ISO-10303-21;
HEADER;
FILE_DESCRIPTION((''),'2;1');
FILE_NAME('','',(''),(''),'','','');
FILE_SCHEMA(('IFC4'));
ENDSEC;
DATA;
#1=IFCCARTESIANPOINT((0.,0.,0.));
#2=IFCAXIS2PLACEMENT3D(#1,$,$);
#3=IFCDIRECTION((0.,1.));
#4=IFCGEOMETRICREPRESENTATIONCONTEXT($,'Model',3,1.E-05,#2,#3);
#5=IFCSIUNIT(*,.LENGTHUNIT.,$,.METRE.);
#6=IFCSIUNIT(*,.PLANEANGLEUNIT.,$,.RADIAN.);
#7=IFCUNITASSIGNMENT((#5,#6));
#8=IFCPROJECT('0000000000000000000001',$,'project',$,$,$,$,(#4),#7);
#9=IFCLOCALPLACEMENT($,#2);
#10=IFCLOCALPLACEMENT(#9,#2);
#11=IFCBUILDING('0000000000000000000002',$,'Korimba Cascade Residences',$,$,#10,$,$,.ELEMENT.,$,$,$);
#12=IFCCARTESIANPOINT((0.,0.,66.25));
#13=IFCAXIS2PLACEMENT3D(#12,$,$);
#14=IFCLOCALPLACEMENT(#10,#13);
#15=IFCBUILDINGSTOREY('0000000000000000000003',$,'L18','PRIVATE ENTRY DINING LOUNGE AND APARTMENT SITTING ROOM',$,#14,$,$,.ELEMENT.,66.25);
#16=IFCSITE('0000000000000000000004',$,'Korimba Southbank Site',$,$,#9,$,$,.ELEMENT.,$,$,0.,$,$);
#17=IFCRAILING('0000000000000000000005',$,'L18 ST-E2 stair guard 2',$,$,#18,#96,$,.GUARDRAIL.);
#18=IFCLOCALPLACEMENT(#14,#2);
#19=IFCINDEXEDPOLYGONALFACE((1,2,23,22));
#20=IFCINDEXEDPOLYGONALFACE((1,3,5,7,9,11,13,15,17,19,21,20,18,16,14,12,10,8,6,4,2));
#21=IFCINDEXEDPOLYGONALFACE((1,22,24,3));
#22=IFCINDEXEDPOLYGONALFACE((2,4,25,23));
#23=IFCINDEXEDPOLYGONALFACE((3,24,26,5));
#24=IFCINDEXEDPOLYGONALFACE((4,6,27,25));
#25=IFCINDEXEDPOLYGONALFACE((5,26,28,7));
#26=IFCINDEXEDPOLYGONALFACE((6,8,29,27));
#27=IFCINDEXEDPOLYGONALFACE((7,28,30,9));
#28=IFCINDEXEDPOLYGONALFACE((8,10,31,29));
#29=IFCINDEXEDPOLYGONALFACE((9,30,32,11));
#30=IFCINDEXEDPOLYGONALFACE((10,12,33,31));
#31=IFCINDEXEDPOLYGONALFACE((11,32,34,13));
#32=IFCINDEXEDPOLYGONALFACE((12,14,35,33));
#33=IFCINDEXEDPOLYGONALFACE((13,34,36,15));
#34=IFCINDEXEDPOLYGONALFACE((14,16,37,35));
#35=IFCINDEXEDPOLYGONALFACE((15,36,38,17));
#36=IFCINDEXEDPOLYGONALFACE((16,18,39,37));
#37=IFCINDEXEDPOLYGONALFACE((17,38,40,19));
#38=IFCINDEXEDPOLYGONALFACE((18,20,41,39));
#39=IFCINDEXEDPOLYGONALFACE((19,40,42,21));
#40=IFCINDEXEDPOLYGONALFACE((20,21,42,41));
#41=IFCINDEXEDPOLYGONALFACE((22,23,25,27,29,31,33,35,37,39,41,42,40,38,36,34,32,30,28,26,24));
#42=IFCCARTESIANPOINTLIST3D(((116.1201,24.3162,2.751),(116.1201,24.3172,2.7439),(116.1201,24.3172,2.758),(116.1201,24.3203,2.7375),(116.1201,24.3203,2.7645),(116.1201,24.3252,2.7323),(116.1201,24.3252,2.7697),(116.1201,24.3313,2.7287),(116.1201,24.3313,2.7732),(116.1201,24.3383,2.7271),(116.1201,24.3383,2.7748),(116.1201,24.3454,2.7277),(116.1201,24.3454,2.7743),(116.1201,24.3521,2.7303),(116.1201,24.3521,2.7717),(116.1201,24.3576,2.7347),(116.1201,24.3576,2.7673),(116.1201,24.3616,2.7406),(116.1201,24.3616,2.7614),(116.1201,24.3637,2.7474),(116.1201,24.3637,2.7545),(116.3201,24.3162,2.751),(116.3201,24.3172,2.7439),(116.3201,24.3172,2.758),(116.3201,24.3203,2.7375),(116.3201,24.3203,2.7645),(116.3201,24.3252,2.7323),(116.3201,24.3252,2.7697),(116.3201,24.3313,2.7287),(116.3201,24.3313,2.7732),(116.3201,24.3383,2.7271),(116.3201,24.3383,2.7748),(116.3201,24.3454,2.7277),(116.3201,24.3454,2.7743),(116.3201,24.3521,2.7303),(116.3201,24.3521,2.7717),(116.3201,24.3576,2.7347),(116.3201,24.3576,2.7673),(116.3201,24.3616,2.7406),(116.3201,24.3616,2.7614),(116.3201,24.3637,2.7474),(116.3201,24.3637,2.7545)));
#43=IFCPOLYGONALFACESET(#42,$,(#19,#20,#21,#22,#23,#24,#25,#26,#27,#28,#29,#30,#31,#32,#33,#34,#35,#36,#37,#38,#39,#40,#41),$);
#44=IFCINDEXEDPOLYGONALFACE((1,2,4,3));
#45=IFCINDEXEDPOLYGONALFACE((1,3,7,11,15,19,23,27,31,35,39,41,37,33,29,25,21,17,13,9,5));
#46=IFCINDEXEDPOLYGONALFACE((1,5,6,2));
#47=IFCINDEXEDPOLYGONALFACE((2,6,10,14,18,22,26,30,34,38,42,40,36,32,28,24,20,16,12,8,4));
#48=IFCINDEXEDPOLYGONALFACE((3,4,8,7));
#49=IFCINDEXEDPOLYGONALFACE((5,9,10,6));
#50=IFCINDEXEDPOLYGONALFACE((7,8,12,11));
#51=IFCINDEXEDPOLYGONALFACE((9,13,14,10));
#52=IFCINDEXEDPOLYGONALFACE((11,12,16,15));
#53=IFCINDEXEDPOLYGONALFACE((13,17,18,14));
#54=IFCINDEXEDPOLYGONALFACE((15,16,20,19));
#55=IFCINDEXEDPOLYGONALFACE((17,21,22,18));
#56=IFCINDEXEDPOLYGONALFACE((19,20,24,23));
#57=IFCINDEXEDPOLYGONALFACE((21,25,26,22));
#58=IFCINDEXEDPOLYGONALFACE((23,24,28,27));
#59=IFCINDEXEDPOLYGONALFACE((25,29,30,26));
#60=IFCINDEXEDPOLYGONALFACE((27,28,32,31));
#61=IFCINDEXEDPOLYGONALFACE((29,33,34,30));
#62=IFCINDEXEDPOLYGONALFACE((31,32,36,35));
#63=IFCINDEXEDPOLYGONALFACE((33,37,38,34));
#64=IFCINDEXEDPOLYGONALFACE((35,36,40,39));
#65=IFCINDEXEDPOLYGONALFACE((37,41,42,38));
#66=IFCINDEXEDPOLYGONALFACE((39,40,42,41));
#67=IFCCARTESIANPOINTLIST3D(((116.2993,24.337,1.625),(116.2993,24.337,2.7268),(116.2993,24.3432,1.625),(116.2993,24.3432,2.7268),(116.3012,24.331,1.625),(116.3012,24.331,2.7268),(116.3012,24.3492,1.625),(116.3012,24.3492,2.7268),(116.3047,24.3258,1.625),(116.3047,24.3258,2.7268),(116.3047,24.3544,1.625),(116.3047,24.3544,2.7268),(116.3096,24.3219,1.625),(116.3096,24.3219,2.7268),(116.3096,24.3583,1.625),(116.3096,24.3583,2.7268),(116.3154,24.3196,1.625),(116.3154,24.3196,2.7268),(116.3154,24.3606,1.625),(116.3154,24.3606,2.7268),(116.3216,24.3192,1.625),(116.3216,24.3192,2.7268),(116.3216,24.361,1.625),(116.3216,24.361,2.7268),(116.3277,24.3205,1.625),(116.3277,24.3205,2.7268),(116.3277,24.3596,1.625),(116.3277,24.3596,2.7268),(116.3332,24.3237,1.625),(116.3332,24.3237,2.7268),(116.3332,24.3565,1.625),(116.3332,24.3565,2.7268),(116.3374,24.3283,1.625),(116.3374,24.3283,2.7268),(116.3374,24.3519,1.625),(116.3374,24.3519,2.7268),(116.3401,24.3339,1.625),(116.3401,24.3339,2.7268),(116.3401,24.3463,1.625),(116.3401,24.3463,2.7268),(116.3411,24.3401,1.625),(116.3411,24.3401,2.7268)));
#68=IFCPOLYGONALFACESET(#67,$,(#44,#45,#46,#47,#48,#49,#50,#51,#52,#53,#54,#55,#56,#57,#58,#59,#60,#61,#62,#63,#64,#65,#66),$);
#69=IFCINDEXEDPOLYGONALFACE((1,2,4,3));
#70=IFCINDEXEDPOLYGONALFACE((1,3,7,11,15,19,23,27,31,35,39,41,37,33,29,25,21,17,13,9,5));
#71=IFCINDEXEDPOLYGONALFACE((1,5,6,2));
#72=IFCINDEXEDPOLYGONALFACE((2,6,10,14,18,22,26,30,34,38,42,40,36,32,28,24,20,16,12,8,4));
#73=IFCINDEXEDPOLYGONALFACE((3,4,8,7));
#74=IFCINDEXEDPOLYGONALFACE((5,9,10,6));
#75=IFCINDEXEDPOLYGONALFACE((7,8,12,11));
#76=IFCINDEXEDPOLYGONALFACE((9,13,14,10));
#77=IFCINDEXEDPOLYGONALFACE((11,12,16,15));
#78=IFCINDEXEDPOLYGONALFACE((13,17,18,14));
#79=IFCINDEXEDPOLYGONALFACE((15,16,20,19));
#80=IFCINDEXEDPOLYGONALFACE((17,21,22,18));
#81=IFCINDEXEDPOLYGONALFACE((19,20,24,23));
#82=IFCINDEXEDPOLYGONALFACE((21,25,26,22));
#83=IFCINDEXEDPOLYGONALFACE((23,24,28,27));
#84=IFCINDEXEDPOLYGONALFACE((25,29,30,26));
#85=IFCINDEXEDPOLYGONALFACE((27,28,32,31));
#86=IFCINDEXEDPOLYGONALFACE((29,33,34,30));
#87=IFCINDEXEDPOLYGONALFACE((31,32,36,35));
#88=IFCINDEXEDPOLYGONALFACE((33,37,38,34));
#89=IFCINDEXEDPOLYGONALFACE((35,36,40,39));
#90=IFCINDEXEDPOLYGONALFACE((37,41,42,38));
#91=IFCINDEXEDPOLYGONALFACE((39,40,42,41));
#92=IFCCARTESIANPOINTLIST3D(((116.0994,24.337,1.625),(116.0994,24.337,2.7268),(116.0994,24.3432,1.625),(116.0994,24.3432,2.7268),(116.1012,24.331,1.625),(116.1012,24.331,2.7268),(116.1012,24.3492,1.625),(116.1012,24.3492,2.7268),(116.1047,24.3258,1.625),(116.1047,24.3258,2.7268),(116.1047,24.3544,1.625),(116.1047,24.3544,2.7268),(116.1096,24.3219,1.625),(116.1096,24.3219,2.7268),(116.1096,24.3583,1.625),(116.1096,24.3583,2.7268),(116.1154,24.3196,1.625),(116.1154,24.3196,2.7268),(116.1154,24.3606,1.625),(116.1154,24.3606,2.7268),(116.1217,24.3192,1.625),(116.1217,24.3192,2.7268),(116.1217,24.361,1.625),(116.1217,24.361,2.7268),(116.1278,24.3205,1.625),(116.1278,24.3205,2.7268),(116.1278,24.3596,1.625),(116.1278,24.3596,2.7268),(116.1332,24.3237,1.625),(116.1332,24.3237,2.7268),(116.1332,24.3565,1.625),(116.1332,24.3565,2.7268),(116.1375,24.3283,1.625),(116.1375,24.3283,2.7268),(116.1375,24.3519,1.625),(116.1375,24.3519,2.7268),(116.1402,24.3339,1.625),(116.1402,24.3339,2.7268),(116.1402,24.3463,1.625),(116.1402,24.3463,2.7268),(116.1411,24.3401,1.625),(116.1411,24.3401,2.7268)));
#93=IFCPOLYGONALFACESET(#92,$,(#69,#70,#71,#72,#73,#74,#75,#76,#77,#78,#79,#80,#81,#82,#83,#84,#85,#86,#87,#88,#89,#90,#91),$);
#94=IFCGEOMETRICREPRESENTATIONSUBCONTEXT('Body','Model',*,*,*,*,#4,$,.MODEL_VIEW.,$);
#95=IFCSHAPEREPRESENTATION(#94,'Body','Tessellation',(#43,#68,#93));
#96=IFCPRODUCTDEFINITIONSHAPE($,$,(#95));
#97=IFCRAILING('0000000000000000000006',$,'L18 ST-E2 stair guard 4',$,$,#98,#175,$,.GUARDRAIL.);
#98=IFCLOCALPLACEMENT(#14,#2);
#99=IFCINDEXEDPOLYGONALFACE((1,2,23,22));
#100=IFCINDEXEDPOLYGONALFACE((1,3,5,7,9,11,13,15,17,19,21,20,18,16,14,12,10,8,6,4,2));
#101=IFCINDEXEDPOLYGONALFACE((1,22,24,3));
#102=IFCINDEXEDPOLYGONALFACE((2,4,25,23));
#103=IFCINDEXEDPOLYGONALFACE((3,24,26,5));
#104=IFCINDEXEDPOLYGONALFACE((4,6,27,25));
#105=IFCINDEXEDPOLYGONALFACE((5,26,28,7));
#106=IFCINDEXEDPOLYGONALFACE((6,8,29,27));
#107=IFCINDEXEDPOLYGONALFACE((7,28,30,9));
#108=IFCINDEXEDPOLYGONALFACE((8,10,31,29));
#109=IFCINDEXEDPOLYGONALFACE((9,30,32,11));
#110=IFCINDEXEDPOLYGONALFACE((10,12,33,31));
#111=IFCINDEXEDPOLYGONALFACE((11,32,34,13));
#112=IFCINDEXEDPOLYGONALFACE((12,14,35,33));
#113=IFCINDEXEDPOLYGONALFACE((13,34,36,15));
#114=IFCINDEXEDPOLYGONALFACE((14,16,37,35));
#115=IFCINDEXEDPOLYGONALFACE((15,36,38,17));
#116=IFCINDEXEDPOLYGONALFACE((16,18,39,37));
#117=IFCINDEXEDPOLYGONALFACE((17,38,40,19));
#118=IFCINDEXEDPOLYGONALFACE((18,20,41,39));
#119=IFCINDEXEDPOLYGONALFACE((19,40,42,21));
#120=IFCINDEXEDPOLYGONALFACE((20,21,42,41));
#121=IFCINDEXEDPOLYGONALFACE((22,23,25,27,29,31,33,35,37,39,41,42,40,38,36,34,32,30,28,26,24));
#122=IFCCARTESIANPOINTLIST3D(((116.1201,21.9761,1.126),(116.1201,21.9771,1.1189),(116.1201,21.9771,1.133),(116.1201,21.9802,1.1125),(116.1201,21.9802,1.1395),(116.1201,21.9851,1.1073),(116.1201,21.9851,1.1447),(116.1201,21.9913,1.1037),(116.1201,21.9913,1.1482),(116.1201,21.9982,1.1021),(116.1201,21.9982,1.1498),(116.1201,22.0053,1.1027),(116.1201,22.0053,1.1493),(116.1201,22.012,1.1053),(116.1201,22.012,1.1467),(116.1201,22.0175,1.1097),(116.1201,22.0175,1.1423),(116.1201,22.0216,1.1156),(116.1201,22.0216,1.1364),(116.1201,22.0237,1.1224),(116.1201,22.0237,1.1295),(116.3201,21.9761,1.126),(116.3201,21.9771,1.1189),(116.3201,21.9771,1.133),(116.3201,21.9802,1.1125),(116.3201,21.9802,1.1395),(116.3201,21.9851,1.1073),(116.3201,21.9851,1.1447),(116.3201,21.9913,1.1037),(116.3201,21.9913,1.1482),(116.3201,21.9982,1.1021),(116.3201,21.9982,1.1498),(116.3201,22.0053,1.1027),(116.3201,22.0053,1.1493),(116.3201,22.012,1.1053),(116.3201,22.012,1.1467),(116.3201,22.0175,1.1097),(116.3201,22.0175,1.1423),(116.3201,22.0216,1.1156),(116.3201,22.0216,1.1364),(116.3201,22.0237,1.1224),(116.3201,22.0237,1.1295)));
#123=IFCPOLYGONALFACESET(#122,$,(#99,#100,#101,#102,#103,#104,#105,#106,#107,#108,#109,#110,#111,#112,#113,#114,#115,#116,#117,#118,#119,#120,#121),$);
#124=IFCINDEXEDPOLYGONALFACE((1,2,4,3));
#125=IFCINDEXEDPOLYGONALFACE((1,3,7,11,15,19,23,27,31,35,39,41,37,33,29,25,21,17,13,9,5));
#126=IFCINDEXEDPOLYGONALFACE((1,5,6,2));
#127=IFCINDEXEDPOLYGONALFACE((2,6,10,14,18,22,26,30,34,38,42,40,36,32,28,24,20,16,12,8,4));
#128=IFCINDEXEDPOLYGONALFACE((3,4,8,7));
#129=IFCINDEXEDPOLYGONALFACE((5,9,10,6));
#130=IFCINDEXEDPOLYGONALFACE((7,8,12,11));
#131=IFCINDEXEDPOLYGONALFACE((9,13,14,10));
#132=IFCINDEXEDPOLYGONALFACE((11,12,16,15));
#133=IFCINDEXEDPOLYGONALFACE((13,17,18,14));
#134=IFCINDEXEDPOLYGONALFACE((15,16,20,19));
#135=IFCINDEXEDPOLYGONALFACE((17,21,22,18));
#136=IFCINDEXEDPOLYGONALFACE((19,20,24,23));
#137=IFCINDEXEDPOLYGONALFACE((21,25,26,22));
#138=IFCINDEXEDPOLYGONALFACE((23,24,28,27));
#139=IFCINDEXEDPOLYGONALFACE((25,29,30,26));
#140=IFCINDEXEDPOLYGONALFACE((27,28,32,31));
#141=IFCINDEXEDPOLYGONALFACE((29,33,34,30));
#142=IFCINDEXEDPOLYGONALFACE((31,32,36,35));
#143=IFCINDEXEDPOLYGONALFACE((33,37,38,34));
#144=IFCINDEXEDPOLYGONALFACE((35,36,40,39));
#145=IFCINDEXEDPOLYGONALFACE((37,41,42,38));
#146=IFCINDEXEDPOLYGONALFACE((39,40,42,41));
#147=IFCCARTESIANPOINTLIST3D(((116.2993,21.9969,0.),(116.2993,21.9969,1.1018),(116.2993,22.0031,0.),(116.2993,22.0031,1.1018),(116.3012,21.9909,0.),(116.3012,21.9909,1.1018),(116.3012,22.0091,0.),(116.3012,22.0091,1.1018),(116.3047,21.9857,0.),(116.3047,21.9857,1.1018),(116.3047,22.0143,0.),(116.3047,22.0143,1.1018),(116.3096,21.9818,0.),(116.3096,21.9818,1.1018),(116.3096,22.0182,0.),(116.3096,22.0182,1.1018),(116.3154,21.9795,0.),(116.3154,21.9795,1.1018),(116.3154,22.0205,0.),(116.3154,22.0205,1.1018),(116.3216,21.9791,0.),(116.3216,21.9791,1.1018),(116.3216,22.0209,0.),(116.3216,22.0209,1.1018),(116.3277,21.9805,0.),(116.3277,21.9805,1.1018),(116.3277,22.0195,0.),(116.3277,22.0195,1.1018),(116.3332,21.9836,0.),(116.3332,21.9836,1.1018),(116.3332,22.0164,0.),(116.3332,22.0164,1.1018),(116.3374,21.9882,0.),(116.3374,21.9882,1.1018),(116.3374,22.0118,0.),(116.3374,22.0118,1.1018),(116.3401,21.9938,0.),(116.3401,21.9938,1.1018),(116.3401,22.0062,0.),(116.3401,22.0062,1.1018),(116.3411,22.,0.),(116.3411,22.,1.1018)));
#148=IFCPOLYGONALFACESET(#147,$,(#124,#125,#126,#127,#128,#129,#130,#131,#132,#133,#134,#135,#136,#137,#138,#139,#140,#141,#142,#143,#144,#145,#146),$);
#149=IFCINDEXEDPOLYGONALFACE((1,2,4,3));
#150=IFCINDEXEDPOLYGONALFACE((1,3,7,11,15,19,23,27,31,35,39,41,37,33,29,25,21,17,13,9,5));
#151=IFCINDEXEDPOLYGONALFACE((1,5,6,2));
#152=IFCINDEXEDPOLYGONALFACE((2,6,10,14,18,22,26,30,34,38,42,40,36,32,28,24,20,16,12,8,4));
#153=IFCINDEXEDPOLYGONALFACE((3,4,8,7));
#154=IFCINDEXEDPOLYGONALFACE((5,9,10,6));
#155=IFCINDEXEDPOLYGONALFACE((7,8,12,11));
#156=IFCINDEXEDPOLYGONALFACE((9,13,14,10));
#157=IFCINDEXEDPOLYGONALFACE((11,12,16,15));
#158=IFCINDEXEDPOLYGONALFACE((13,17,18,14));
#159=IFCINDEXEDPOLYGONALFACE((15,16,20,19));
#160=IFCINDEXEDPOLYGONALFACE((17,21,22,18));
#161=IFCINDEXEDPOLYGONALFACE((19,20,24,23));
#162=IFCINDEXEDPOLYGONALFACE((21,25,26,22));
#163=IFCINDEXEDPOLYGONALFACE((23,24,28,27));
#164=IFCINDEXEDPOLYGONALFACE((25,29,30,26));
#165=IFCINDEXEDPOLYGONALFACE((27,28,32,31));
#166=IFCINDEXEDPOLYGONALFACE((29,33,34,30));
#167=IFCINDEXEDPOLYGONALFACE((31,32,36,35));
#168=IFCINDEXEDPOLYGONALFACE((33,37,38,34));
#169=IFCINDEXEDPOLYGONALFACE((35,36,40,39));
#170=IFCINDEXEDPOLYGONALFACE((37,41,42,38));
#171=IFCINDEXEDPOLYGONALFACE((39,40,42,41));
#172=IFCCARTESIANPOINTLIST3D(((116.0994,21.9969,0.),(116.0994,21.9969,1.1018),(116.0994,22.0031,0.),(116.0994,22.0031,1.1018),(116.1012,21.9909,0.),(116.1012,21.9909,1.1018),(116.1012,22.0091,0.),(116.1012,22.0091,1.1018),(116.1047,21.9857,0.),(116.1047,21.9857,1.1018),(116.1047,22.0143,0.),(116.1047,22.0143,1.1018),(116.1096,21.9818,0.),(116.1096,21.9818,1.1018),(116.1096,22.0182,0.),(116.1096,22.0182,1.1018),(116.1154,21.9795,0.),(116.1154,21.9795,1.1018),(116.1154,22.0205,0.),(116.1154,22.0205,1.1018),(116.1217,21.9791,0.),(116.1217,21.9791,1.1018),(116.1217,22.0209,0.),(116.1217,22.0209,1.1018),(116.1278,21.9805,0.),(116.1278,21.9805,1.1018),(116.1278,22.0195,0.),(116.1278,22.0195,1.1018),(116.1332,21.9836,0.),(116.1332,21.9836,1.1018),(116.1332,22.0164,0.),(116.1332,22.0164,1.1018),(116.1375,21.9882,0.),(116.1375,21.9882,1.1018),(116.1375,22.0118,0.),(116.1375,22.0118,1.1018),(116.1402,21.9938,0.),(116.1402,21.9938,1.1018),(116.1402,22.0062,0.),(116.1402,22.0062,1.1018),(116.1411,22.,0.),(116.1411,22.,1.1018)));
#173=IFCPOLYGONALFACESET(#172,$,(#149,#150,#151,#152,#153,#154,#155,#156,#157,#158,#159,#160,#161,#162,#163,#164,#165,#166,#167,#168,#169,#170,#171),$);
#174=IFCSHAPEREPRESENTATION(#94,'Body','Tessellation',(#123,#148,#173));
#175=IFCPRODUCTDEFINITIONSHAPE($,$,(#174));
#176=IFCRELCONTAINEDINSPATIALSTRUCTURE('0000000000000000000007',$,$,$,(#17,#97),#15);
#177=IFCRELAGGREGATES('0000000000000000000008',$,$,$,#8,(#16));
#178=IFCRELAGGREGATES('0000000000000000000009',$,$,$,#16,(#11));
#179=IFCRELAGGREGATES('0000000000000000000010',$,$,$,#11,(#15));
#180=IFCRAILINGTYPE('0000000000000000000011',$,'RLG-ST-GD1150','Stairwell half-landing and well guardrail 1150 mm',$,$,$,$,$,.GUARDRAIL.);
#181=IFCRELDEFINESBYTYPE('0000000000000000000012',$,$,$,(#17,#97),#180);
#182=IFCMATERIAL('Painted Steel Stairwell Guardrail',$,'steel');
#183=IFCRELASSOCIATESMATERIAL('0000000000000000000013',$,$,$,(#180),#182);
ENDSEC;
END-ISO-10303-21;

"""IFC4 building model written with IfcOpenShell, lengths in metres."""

from ifc_helpers import new_model, si_unit, direction, frame, origin, origin_2d, place, context, subcontext, project, spatial, circle, extrude, material, type_object, element, save


model = new_model("IFC4")

# Units and contexts
model_context = context("Model", 3, precision=1e-05, world=origin(), true_north=direction((0.0, 1.0)))
body_context = subcontext(model_context, "Body", "Model", "MODEL_VIEW")
ifc_project = project(units=[si_unit("LENGTHUNIT", "METRE"), si_unit("PLANEANGLEUNIT", "RADIAN")], contexts=[model_context])

# Site, building, storey
site_placement = place(None, origin())
site = spatial("IfcSite", under=ifc_project, at=site_placement, Name="Korimba Southbank Site", CompositionType="ELEMENT", RefElevation=0.0)
building_placement = place(site_placement, origin())
building = spatial("IfcBuilding", under=site, at=building_placement, Name="Korimba Cascade Residences", CompositionType="ELEMENT")
storey_placement = place(building_placement, frame((0.0, 0.0, 66.25)))
storey = spatial("IfcBuildingStorey", under=building, at=storey_placement, Name="L18", Description="PRIVATE ENTRY DINING LOUNGE AND APARTMENT SITTING ROOM", CompositionType="ELEMENT", Elevation=66.25)

# Railings
ifc_material_1 = material(Name="Painted Steel Stairwell Guardrail", Category="steel")
railing_type_1 = type_object("IfcRailingType", Name="RLG-ST-GD1150", Description="Stairwell half-landing and well guardrail 1150 mm", PredefinedType="GUARDRAIL", material=ifc_material_1)
for number, where, name in (
    (1, (116.3201, 24.3401, 1.625), "L18 ST-E2 stair guard 2"),
    (2, (116.3201, 22.0, 0.0), "L18 ST-E2 stair guard 4"),
):
    element("IfcRailing", number, at=place(storey_placement, frame(where)), inside=storey, type_object=railing_type_1, Name=name, PredefinedType="GUARDRAIL", context=body_context, shape_type="SweptSolid", body=[
        extrude(circle(Radius=0.0239, at=origin_2d()), frame((0.0, 0.0, 1.126), z_axis=(-1.0, 0.0, 0.0), x_axis=(0.0, -1.0, 0.0)), (0.0, 0.0, 1.0), 0.2),
        extrude(circle(Radius=0.021, at=origin_2d()), origin(), (0.0, 0.0, 1.0), 1.1018),
        extrude(circle(Radius=0.021, at=origin_2d()), frame((-0.2, 0.0, 0.0)), (0.0, 0.0, 1.0), 1.1018),
    ])

save(model, "model.ifc")
